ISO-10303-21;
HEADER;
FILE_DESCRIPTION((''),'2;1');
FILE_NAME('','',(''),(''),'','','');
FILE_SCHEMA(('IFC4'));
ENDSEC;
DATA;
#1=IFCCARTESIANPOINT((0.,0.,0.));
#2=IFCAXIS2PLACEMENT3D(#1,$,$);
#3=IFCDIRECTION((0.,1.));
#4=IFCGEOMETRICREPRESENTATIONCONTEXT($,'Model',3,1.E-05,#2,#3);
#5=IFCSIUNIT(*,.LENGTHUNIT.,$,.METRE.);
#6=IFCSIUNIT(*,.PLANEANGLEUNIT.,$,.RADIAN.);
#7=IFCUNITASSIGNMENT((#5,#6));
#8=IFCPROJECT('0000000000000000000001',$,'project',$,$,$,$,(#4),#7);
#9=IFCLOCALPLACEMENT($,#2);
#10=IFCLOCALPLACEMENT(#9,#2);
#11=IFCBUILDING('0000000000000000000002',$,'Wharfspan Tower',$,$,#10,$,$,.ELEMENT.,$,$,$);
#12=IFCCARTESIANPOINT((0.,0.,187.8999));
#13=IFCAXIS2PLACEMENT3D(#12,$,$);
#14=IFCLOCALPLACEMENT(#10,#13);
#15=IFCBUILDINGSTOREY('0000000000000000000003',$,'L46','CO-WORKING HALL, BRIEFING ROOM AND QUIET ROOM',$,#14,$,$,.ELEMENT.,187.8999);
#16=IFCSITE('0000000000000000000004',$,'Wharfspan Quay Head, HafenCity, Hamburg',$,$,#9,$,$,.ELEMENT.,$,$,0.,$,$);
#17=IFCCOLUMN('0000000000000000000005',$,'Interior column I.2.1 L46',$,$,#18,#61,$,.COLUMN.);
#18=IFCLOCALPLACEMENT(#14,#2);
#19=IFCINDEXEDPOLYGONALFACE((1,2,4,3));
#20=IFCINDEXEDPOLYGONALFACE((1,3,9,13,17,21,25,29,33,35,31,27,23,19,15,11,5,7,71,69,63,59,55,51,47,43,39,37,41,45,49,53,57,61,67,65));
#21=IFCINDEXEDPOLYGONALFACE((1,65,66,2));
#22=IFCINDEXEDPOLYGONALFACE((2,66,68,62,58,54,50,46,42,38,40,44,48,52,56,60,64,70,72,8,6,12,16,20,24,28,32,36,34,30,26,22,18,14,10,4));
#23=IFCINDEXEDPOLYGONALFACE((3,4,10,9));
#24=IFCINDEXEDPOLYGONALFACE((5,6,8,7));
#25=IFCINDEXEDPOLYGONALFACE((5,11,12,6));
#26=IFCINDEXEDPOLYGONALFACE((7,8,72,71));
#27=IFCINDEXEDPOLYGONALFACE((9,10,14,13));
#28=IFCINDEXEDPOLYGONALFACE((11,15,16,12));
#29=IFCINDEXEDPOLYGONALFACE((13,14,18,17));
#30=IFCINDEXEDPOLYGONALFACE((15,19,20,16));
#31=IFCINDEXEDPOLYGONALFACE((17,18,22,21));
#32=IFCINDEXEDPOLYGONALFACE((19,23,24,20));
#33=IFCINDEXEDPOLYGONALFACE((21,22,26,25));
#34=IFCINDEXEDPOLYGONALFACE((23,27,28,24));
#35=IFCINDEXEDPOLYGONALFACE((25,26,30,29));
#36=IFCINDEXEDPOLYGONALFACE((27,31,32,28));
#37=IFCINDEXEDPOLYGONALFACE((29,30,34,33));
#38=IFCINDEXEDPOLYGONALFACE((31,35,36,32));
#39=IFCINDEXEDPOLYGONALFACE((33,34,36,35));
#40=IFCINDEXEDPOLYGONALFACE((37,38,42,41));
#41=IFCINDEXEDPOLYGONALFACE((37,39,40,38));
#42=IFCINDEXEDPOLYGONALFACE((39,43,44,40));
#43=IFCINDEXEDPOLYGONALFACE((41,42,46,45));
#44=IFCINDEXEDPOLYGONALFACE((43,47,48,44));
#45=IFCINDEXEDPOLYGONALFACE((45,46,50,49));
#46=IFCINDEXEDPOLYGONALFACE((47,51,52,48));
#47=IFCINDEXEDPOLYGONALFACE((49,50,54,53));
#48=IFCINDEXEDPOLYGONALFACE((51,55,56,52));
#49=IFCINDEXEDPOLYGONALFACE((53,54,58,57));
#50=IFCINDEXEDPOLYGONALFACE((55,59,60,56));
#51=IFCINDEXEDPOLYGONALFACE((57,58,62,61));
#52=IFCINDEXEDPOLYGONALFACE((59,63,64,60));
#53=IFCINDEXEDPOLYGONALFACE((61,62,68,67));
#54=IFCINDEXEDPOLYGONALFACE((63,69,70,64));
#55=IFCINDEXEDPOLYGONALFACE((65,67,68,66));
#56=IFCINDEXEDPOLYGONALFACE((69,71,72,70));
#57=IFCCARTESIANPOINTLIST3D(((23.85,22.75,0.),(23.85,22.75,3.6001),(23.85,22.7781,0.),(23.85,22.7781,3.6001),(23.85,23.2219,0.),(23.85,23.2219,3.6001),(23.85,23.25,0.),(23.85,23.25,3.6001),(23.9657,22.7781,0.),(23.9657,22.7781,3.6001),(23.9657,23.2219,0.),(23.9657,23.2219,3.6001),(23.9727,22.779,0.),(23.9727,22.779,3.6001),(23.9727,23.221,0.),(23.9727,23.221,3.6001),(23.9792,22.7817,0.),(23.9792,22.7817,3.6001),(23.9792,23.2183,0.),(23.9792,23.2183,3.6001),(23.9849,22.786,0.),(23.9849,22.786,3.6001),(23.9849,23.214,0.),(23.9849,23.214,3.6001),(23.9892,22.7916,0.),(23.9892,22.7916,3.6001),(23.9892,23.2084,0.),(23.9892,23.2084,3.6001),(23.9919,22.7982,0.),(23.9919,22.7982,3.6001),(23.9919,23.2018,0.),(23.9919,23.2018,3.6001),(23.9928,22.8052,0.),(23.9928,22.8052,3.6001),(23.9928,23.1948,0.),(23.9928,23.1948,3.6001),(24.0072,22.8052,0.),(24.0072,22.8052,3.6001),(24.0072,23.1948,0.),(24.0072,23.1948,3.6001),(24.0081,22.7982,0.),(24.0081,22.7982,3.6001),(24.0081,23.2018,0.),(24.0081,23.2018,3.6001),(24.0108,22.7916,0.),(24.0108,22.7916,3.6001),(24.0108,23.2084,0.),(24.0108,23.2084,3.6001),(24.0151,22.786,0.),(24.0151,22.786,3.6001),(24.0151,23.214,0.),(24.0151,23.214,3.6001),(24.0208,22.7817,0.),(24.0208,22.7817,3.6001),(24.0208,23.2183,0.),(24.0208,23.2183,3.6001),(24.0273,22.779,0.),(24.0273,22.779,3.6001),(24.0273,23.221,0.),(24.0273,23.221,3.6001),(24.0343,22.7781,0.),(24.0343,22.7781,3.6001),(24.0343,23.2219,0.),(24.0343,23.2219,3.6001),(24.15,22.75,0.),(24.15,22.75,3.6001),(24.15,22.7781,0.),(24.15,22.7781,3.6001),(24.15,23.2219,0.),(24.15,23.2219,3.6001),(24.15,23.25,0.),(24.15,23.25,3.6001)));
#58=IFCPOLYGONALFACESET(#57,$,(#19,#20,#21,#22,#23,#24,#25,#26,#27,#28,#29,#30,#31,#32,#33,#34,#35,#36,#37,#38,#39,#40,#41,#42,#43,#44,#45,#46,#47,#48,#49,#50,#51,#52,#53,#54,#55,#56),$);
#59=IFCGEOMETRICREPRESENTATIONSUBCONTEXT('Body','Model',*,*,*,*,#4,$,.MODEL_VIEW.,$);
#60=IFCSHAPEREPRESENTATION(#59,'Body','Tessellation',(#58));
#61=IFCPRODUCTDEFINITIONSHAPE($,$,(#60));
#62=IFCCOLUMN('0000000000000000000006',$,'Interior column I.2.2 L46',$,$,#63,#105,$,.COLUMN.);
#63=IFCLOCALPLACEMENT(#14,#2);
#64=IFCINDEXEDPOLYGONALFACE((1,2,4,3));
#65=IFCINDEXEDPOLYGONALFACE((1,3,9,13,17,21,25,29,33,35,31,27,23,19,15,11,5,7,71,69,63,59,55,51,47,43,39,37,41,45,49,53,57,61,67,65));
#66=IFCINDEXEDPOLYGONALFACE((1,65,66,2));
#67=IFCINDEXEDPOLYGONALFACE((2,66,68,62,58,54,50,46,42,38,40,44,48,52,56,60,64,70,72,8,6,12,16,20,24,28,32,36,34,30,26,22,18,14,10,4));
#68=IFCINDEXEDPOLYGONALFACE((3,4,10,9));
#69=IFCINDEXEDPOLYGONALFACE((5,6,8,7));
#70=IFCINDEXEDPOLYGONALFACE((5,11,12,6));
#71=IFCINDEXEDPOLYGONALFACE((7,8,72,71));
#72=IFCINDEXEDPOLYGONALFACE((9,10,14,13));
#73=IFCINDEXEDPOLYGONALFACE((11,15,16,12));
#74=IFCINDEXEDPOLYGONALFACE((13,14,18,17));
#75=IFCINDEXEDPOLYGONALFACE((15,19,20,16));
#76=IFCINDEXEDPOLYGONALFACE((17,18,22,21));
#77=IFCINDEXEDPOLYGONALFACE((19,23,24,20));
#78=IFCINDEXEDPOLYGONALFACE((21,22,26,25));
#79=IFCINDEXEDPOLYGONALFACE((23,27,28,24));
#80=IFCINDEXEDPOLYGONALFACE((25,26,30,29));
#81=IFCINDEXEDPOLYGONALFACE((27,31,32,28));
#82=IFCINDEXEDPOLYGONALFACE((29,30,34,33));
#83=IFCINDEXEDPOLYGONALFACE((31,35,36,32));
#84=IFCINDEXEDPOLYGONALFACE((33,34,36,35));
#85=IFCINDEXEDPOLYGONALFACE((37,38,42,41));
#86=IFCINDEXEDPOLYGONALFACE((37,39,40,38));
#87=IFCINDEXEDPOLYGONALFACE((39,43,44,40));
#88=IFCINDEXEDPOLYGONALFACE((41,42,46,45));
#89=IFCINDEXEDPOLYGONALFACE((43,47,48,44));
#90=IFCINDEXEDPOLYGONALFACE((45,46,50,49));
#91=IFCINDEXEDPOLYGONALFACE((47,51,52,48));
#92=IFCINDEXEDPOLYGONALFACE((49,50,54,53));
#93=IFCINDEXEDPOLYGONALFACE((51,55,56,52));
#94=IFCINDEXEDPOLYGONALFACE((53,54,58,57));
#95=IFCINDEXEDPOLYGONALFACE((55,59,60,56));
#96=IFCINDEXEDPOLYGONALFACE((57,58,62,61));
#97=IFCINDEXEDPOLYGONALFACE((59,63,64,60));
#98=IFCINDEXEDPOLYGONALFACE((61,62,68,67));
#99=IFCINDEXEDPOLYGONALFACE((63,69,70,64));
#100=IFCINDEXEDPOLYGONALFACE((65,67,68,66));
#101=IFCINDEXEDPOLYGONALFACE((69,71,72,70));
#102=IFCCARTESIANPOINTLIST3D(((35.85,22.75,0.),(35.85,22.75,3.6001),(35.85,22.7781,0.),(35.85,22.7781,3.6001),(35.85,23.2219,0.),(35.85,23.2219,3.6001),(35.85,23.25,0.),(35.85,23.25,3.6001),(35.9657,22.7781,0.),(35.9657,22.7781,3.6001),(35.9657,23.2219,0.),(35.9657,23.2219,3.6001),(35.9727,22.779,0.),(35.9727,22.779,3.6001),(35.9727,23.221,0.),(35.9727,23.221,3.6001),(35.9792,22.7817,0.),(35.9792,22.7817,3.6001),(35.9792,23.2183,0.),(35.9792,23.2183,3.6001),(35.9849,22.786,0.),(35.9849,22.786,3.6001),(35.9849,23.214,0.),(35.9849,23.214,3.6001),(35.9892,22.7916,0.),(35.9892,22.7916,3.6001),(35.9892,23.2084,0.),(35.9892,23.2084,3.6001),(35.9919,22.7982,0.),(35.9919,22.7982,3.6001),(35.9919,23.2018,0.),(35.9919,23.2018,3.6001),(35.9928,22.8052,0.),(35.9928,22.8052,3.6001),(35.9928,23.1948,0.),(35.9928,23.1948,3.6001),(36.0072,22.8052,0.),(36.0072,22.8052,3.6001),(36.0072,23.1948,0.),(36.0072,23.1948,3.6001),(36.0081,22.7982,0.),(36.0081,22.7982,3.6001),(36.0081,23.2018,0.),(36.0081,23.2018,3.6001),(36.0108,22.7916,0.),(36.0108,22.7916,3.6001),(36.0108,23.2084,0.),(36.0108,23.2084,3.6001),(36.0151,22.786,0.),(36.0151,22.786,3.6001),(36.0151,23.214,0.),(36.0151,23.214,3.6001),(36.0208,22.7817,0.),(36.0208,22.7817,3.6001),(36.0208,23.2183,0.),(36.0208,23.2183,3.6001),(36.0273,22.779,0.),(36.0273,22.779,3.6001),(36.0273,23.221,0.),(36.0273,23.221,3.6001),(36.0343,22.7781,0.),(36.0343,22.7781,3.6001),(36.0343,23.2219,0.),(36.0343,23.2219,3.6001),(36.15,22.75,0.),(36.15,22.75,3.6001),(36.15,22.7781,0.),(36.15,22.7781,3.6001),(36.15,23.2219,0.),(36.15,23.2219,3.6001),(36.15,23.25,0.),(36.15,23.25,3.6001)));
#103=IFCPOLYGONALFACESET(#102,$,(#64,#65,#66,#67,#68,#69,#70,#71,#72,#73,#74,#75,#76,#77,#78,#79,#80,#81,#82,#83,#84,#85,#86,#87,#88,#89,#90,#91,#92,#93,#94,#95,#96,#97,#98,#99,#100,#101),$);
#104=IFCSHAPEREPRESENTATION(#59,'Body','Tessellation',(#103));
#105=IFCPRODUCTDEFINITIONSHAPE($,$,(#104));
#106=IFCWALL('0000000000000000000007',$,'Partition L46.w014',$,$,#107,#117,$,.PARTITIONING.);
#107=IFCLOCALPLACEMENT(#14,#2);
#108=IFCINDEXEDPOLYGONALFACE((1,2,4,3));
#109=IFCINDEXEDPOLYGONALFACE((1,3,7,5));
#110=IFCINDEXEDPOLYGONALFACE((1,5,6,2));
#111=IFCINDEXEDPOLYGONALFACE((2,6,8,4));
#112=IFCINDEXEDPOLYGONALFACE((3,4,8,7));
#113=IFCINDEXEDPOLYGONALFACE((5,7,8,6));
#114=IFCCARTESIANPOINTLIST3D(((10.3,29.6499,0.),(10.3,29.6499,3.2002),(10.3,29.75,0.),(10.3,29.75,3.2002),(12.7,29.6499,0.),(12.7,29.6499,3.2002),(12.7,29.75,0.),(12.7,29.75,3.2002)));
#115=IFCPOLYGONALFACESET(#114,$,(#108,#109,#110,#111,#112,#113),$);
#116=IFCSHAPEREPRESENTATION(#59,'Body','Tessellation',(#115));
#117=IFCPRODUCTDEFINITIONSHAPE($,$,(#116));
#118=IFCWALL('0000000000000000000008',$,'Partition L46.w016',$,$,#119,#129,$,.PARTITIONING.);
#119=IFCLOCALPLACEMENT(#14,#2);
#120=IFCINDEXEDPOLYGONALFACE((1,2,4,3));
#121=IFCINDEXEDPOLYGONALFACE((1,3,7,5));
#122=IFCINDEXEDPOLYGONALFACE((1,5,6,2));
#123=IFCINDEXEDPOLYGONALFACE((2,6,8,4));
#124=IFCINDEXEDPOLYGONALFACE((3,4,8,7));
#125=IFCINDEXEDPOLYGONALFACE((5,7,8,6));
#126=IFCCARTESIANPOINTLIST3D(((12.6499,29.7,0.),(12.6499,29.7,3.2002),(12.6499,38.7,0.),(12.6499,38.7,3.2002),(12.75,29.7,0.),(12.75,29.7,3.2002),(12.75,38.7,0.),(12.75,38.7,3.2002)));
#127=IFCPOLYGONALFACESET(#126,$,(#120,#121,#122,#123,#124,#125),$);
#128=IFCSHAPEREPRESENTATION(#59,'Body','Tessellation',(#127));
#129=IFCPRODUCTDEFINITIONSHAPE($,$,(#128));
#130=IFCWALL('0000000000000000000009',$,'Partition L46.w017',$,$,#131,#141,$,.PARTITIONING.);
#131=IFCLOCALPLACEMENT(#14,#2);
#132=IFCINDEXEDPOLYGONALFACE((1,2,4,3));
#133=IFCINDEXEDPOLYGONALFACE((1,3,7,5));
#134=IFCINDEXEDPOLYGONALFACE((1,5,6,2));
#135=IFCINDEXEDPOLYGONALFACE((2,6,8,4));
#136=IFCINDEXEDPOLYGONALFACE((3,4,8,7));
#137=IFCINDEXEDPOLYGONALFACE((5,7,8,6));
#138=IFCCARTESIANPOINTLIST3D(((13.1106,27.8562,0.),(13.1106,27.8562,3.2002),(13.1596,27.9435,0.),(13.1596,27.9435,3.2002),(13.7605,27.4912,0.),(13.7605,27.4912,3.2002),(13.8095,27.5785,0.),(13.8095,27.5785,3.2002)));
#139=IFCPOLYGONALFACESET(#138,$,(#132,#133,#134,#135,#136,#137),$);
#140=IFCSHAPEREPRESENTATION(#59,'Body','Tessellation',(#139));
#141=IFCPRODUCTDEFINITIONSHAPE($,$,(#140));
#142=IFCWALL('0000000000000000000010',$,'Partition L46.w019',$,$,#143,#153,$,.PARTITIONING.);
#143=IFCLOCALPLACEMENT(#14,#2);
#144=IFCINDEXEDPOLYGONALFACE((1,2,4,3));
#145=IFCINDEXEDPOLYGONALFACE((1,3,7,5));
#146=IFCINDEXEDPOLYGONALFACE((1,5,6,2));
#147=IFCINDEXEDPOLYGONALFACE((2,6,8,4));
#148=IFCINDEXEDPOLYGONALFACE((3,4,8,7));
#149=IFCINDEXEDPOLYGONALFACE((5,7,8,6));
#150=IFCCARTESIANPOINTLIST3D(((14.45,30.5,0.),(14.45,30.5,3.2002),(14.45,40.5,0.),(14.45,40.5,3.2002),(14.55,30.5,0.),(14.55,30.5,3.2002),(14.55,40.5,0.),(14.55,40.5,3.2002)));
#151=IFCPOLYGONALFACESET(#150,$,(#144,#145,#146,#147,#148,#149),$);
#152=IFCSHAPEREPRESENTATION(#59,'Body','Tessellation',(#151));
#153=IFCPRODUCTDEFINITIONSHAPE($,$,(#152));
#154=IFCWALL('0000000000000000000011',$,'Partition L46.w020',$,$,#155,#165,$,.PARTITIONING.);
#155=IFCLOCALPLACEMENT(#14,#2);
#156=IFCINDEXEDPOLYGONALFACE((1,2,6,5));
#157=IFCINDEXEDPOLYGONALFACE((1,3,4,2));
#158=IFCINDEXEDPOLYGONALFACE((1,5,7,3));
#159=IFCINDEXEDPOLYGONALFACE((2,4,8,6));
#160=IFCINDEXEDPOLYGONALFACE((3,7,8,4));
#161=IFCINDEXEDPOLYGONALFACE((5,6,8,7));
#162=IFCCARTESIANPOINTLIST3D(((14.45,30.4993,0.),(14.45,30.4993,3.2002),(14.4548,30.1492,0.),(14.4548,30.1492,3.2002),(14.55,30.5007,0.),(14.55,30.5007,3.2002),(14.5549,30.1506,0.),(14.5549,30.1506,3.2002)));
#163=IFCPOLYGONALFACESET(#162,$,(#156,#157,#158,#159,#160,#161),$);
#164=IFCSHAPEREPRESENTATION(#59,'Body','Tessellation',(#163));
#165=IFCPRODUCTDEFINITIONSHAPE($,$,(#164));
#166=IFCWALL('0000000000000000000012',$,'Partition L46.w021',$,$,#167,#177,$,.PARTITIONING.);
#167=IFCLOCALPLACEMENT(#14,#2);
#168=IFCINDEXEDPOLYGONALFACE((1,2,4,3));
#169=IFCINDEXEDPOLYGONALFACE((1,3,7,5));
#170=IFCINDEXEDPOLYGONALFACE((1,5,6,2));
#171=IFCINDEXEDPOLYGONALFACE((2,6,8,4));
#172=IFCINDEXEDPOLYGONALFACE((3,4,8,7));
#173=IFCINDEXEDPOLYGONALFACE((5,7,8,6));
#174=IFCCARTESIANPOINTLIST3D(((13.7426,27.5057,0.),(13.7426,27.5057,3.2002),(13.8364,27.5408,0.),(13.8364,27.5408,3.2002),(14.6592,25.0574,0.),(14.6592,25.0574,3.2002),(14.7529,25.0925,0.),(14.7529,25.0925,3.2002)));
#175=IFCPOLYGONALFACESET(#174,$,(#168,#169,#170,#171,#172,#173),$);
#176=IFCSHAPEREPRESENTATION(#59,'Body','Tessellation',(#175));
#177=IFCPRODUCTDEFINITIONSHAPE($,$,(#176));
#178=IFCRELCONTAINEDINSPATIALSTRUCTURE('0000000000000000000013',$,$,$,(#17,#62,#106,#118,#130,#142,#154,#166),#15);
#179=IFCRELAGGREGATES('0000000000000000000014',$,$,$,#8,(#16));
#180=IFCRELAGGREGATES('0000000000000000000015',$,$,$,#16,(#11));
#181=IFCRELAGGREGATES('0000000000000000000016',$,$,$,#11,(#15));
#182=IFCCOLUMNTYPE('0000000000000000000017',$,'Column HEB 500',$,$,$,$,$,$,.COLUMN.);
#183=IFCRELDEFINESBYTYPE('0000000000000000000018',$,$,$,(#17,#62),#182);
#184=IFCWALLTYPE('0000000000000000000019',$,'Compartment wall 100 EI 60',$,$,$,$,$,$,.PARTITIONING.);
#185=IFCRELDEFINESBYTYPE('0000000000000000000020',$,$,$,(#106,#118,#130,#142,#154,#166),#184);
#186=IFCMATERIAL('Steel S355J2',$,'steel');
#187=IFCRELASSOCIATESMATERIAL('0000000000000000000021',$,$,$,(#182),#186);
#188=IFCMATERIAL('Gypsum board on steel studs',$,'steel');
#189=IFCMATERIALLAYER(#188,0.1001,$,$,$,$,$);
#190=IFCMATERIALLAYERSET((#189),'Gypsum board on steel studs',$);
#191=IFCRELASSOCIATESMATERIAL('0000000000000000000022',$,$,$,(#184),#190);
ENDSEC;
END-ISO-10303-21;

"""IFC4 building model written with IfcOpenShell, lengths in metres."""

from ifc_helpers import new_model, si_unit, direction, frame, frame_2d, origin, origin_2d, place, context, subcontext, project, spatial, rectangle, i_section, extrude, material, layer, layer_set, material_profile, profile_set, type_object, element, save


model = new_model("IFC4")

# Units and contexts
model_context = context("Model", 3, precision=1e-05, world=origin(), true_north=direction((0.0, 1.0)))
body_context = subcontext(model_context, "Body", "Model", "MODEL_VIEW")
ifc_project = project(units=[si_unit("LENGTHUNIT", "METRE"), si_unit("PLANEANGLEUNIT", "RADIAN")], contexts=[model_context])

# Site, building, storey
site_placement = place(None, origin())
site = spatial("IfcSite", under=ifc_project, at=site_placement, Name="Wharfspan Quay Head, HafenCity, Hamburg", CompositionType="ELEMENT", RefElevation=0.0)
building_placement = place(site_placement, origin())
building = spatial("IfcBuilding", under=site, at=building_placement, Name="Wharfspan Tower", CompositionType="ELEMENT")
storey_placement = place(building_placement, frame((0.0, 0.0, 187.8999)))
storey = spatial("IfcBuildingStorey", under=building, at=storey_placement, Name="L46", Description="CO-WORKING HALL, BRIEFING ROOM AND QUIET ROOM", CompositionType="ELEMENT", Elevation=187.8999)

# Columns
ifc_material_1 = material(Name="Steel S355J2", Category="steel")
ifc_material_profile = material_profile(ifc_material_1, i_section(OverallWidth=0.3, OverallDepth=0.5, WebThickness=0.0144, FlangeThickness=0.0281, FilletRadius=0.0271, at=origin_2d()))
ifc_profile_set = profile_set([ifc_material_profile], Name="Steel S355J2")
column_type = type_object("IfcColumnType", Name="Column HEB 500", PredefinedType="COLUMN", material=ifc_profile_set)
for number, where, z_axis, x_axis, name in (
    (1, (24.0, 23.0, 0.0), (0.0, 0.0, 1.0), (1.0, 0.0, 0.0), "Interior column I.2.1 L46"),
    (2, (36.0, 23.0, 0.0), (0.0, 0.0, 1.0), (1.0, 0.0, 0.0), "Interior column I.2.2 L46"),
):
    element("IfcColumn", number, at=place(storey_placement, frame(where, z_axis=z_axis, x_axis=x_axis)), inside=storey, type_object=column_type, Name=name, PredefinedType="COLUMN", context=body_context, shape_type="SweptSolid", body=[
        extrude(i_section(OverallWidth=0.3, OverallDepth=0.5, WebThickness=0.0144, FlangeThickness=0.0281, FilletRadius=0.0271, at=origin_2d()), origin(), (0.0, 0.0, 1.0), 3.6001),
    ])

# Walls
ifc_material_2 = material(Name="Gypsum board on steel studs", Category="steel")
ifc_layer_1 = layer(ifc_material_2, 0.1001)
ifc_layer_set_1 = layer_set([ifc_layer_1], Name="Gypsum board on steel studs")
wall_type_1 = type_object("IfcWallType", Name="Compartment wall 100 EI 60", PredefinedType="PARTITIONING", material=ifc_layer_set_1)
wall_1_placement = place(storey_placement, frame((10.3, 29.7, 0.0), z_axis=(0.0, 0.0, 1.0), x_axis=(1.0, 0.0, 0.0)))
element("IfcWall", 3, at=wall_1_placement, inside=storey, type_object=wall_type_1, Name="Partition L46.w014", PredefinedType="PARTITIONING", context=body_context, shape_type="SweptSolid", body=[
    extrude(rectangle(XDim=2.3999, YDim=0.1001, at=frame_2d((1.2, 0.0))), origin(), (0.0, 0.0, 1.0), 3.2002),
])
wall_2_placement = place(storey_placement, frame((12.7, 29.7, 0.0), z_axis=(0.0, 0.0, 1.0), x_axis=(0.0, 1.0, 0.0)))
element("IfcWall", 4, at=wall_2_placement, inside=storey, type_object=wall_type_1, Name="Partition L46.w016", PredefinedType="PARTITIONING", context=body_context, shape_type="SweptSolid", body=[
    extrude(rectangle(XDim=9.0, YDim=0.1001, at=frame_2d((4.5, 0.0))), origin(), (0.0, 0.0, 1.0), 3.2002),
])
wall_3_placement = place(storey_placement, frame((13.7849, 27.5349, 0.0), z_axis=(0.0, 0.0, 1.0), x_axis=(-0.871911, 0.489672, 0.0)))
element("IfcWall", 5, at=wall_3_placement, inside=storey, type_object=wall_type_1, Name="Partition L46.w017", PredefinedType="PARTITIONING", context=body_context, shape_type="SweptSolid", body=[
    extrude(rectangle(XDim=0.7454, YDim=0.1001, at=frame_2d((0.3726, 0.0))), origin(), (0.0, 0.0, 1.0), 3.2002),
])
wall_4_placement = place(storey_placement, frame((14.5, 30.5, 0.0), z_axis=(0.0, 0.0, 1.0), x_axis=(0.0, 1.0, 0.0)))
element("IfcWall", 6, at=wall_4_placement, inside=storey, type_object=wall_type_1, Name="Partition L46.w019", PredefinedType="PARTITIONING", context=body_context, shape_type="SweptSolid", body=[
    extrude(rectangle(XDim=10.0, YDim=0.1001, at=frame_2d((5.0, 0.0))), origin(), (0.0, 0.0, 1.0), 3.2002),
])
wall_5_placement = place(storey_placement, frame((14.5049, 30.1499, 0.0), z_axis=(0.0, 0.0, 1.0), x_axis=(-0.013946, 0.999907, 0.0)))
element("IfcWall", 7, at=wall_5_placement, inside=storey, type_object=wall_type_1, Name="Partition L46.w020", PredefinedType="PARTITIONING", context=body_context, shape_type="SweptSolid", body=[
    extrude(rectangle(XDim=0.3501, YDim=0.1001, at=frame_2d((0.175, 0.0))), origin(), (0.0, 0.0, 1.0), 3.2002),
])
wall_6_placement = place(storey_placement, frame((14.7061, 25.075, 0.0), z_axis=(0.0, 0.0, 1.0), x_axis=(-0.350591, 0.936528, 0.0)))
element("IfcWall", 8, at=wall_6_placement, inside=storey, type_object=wall_type_1, Name="Partition L46.w021", PredefinedType="PARTITIONING", context=body_context, shape_type="SweptSolid", body=[
    extrude(rectangle(XDim=2.6143, YDim=0.1001, at=frame_2d((1.3071, 0.0))), origin(), (0.0, 0.0, 1.0), 3.2002),
])

save(model, "model.ifc")
